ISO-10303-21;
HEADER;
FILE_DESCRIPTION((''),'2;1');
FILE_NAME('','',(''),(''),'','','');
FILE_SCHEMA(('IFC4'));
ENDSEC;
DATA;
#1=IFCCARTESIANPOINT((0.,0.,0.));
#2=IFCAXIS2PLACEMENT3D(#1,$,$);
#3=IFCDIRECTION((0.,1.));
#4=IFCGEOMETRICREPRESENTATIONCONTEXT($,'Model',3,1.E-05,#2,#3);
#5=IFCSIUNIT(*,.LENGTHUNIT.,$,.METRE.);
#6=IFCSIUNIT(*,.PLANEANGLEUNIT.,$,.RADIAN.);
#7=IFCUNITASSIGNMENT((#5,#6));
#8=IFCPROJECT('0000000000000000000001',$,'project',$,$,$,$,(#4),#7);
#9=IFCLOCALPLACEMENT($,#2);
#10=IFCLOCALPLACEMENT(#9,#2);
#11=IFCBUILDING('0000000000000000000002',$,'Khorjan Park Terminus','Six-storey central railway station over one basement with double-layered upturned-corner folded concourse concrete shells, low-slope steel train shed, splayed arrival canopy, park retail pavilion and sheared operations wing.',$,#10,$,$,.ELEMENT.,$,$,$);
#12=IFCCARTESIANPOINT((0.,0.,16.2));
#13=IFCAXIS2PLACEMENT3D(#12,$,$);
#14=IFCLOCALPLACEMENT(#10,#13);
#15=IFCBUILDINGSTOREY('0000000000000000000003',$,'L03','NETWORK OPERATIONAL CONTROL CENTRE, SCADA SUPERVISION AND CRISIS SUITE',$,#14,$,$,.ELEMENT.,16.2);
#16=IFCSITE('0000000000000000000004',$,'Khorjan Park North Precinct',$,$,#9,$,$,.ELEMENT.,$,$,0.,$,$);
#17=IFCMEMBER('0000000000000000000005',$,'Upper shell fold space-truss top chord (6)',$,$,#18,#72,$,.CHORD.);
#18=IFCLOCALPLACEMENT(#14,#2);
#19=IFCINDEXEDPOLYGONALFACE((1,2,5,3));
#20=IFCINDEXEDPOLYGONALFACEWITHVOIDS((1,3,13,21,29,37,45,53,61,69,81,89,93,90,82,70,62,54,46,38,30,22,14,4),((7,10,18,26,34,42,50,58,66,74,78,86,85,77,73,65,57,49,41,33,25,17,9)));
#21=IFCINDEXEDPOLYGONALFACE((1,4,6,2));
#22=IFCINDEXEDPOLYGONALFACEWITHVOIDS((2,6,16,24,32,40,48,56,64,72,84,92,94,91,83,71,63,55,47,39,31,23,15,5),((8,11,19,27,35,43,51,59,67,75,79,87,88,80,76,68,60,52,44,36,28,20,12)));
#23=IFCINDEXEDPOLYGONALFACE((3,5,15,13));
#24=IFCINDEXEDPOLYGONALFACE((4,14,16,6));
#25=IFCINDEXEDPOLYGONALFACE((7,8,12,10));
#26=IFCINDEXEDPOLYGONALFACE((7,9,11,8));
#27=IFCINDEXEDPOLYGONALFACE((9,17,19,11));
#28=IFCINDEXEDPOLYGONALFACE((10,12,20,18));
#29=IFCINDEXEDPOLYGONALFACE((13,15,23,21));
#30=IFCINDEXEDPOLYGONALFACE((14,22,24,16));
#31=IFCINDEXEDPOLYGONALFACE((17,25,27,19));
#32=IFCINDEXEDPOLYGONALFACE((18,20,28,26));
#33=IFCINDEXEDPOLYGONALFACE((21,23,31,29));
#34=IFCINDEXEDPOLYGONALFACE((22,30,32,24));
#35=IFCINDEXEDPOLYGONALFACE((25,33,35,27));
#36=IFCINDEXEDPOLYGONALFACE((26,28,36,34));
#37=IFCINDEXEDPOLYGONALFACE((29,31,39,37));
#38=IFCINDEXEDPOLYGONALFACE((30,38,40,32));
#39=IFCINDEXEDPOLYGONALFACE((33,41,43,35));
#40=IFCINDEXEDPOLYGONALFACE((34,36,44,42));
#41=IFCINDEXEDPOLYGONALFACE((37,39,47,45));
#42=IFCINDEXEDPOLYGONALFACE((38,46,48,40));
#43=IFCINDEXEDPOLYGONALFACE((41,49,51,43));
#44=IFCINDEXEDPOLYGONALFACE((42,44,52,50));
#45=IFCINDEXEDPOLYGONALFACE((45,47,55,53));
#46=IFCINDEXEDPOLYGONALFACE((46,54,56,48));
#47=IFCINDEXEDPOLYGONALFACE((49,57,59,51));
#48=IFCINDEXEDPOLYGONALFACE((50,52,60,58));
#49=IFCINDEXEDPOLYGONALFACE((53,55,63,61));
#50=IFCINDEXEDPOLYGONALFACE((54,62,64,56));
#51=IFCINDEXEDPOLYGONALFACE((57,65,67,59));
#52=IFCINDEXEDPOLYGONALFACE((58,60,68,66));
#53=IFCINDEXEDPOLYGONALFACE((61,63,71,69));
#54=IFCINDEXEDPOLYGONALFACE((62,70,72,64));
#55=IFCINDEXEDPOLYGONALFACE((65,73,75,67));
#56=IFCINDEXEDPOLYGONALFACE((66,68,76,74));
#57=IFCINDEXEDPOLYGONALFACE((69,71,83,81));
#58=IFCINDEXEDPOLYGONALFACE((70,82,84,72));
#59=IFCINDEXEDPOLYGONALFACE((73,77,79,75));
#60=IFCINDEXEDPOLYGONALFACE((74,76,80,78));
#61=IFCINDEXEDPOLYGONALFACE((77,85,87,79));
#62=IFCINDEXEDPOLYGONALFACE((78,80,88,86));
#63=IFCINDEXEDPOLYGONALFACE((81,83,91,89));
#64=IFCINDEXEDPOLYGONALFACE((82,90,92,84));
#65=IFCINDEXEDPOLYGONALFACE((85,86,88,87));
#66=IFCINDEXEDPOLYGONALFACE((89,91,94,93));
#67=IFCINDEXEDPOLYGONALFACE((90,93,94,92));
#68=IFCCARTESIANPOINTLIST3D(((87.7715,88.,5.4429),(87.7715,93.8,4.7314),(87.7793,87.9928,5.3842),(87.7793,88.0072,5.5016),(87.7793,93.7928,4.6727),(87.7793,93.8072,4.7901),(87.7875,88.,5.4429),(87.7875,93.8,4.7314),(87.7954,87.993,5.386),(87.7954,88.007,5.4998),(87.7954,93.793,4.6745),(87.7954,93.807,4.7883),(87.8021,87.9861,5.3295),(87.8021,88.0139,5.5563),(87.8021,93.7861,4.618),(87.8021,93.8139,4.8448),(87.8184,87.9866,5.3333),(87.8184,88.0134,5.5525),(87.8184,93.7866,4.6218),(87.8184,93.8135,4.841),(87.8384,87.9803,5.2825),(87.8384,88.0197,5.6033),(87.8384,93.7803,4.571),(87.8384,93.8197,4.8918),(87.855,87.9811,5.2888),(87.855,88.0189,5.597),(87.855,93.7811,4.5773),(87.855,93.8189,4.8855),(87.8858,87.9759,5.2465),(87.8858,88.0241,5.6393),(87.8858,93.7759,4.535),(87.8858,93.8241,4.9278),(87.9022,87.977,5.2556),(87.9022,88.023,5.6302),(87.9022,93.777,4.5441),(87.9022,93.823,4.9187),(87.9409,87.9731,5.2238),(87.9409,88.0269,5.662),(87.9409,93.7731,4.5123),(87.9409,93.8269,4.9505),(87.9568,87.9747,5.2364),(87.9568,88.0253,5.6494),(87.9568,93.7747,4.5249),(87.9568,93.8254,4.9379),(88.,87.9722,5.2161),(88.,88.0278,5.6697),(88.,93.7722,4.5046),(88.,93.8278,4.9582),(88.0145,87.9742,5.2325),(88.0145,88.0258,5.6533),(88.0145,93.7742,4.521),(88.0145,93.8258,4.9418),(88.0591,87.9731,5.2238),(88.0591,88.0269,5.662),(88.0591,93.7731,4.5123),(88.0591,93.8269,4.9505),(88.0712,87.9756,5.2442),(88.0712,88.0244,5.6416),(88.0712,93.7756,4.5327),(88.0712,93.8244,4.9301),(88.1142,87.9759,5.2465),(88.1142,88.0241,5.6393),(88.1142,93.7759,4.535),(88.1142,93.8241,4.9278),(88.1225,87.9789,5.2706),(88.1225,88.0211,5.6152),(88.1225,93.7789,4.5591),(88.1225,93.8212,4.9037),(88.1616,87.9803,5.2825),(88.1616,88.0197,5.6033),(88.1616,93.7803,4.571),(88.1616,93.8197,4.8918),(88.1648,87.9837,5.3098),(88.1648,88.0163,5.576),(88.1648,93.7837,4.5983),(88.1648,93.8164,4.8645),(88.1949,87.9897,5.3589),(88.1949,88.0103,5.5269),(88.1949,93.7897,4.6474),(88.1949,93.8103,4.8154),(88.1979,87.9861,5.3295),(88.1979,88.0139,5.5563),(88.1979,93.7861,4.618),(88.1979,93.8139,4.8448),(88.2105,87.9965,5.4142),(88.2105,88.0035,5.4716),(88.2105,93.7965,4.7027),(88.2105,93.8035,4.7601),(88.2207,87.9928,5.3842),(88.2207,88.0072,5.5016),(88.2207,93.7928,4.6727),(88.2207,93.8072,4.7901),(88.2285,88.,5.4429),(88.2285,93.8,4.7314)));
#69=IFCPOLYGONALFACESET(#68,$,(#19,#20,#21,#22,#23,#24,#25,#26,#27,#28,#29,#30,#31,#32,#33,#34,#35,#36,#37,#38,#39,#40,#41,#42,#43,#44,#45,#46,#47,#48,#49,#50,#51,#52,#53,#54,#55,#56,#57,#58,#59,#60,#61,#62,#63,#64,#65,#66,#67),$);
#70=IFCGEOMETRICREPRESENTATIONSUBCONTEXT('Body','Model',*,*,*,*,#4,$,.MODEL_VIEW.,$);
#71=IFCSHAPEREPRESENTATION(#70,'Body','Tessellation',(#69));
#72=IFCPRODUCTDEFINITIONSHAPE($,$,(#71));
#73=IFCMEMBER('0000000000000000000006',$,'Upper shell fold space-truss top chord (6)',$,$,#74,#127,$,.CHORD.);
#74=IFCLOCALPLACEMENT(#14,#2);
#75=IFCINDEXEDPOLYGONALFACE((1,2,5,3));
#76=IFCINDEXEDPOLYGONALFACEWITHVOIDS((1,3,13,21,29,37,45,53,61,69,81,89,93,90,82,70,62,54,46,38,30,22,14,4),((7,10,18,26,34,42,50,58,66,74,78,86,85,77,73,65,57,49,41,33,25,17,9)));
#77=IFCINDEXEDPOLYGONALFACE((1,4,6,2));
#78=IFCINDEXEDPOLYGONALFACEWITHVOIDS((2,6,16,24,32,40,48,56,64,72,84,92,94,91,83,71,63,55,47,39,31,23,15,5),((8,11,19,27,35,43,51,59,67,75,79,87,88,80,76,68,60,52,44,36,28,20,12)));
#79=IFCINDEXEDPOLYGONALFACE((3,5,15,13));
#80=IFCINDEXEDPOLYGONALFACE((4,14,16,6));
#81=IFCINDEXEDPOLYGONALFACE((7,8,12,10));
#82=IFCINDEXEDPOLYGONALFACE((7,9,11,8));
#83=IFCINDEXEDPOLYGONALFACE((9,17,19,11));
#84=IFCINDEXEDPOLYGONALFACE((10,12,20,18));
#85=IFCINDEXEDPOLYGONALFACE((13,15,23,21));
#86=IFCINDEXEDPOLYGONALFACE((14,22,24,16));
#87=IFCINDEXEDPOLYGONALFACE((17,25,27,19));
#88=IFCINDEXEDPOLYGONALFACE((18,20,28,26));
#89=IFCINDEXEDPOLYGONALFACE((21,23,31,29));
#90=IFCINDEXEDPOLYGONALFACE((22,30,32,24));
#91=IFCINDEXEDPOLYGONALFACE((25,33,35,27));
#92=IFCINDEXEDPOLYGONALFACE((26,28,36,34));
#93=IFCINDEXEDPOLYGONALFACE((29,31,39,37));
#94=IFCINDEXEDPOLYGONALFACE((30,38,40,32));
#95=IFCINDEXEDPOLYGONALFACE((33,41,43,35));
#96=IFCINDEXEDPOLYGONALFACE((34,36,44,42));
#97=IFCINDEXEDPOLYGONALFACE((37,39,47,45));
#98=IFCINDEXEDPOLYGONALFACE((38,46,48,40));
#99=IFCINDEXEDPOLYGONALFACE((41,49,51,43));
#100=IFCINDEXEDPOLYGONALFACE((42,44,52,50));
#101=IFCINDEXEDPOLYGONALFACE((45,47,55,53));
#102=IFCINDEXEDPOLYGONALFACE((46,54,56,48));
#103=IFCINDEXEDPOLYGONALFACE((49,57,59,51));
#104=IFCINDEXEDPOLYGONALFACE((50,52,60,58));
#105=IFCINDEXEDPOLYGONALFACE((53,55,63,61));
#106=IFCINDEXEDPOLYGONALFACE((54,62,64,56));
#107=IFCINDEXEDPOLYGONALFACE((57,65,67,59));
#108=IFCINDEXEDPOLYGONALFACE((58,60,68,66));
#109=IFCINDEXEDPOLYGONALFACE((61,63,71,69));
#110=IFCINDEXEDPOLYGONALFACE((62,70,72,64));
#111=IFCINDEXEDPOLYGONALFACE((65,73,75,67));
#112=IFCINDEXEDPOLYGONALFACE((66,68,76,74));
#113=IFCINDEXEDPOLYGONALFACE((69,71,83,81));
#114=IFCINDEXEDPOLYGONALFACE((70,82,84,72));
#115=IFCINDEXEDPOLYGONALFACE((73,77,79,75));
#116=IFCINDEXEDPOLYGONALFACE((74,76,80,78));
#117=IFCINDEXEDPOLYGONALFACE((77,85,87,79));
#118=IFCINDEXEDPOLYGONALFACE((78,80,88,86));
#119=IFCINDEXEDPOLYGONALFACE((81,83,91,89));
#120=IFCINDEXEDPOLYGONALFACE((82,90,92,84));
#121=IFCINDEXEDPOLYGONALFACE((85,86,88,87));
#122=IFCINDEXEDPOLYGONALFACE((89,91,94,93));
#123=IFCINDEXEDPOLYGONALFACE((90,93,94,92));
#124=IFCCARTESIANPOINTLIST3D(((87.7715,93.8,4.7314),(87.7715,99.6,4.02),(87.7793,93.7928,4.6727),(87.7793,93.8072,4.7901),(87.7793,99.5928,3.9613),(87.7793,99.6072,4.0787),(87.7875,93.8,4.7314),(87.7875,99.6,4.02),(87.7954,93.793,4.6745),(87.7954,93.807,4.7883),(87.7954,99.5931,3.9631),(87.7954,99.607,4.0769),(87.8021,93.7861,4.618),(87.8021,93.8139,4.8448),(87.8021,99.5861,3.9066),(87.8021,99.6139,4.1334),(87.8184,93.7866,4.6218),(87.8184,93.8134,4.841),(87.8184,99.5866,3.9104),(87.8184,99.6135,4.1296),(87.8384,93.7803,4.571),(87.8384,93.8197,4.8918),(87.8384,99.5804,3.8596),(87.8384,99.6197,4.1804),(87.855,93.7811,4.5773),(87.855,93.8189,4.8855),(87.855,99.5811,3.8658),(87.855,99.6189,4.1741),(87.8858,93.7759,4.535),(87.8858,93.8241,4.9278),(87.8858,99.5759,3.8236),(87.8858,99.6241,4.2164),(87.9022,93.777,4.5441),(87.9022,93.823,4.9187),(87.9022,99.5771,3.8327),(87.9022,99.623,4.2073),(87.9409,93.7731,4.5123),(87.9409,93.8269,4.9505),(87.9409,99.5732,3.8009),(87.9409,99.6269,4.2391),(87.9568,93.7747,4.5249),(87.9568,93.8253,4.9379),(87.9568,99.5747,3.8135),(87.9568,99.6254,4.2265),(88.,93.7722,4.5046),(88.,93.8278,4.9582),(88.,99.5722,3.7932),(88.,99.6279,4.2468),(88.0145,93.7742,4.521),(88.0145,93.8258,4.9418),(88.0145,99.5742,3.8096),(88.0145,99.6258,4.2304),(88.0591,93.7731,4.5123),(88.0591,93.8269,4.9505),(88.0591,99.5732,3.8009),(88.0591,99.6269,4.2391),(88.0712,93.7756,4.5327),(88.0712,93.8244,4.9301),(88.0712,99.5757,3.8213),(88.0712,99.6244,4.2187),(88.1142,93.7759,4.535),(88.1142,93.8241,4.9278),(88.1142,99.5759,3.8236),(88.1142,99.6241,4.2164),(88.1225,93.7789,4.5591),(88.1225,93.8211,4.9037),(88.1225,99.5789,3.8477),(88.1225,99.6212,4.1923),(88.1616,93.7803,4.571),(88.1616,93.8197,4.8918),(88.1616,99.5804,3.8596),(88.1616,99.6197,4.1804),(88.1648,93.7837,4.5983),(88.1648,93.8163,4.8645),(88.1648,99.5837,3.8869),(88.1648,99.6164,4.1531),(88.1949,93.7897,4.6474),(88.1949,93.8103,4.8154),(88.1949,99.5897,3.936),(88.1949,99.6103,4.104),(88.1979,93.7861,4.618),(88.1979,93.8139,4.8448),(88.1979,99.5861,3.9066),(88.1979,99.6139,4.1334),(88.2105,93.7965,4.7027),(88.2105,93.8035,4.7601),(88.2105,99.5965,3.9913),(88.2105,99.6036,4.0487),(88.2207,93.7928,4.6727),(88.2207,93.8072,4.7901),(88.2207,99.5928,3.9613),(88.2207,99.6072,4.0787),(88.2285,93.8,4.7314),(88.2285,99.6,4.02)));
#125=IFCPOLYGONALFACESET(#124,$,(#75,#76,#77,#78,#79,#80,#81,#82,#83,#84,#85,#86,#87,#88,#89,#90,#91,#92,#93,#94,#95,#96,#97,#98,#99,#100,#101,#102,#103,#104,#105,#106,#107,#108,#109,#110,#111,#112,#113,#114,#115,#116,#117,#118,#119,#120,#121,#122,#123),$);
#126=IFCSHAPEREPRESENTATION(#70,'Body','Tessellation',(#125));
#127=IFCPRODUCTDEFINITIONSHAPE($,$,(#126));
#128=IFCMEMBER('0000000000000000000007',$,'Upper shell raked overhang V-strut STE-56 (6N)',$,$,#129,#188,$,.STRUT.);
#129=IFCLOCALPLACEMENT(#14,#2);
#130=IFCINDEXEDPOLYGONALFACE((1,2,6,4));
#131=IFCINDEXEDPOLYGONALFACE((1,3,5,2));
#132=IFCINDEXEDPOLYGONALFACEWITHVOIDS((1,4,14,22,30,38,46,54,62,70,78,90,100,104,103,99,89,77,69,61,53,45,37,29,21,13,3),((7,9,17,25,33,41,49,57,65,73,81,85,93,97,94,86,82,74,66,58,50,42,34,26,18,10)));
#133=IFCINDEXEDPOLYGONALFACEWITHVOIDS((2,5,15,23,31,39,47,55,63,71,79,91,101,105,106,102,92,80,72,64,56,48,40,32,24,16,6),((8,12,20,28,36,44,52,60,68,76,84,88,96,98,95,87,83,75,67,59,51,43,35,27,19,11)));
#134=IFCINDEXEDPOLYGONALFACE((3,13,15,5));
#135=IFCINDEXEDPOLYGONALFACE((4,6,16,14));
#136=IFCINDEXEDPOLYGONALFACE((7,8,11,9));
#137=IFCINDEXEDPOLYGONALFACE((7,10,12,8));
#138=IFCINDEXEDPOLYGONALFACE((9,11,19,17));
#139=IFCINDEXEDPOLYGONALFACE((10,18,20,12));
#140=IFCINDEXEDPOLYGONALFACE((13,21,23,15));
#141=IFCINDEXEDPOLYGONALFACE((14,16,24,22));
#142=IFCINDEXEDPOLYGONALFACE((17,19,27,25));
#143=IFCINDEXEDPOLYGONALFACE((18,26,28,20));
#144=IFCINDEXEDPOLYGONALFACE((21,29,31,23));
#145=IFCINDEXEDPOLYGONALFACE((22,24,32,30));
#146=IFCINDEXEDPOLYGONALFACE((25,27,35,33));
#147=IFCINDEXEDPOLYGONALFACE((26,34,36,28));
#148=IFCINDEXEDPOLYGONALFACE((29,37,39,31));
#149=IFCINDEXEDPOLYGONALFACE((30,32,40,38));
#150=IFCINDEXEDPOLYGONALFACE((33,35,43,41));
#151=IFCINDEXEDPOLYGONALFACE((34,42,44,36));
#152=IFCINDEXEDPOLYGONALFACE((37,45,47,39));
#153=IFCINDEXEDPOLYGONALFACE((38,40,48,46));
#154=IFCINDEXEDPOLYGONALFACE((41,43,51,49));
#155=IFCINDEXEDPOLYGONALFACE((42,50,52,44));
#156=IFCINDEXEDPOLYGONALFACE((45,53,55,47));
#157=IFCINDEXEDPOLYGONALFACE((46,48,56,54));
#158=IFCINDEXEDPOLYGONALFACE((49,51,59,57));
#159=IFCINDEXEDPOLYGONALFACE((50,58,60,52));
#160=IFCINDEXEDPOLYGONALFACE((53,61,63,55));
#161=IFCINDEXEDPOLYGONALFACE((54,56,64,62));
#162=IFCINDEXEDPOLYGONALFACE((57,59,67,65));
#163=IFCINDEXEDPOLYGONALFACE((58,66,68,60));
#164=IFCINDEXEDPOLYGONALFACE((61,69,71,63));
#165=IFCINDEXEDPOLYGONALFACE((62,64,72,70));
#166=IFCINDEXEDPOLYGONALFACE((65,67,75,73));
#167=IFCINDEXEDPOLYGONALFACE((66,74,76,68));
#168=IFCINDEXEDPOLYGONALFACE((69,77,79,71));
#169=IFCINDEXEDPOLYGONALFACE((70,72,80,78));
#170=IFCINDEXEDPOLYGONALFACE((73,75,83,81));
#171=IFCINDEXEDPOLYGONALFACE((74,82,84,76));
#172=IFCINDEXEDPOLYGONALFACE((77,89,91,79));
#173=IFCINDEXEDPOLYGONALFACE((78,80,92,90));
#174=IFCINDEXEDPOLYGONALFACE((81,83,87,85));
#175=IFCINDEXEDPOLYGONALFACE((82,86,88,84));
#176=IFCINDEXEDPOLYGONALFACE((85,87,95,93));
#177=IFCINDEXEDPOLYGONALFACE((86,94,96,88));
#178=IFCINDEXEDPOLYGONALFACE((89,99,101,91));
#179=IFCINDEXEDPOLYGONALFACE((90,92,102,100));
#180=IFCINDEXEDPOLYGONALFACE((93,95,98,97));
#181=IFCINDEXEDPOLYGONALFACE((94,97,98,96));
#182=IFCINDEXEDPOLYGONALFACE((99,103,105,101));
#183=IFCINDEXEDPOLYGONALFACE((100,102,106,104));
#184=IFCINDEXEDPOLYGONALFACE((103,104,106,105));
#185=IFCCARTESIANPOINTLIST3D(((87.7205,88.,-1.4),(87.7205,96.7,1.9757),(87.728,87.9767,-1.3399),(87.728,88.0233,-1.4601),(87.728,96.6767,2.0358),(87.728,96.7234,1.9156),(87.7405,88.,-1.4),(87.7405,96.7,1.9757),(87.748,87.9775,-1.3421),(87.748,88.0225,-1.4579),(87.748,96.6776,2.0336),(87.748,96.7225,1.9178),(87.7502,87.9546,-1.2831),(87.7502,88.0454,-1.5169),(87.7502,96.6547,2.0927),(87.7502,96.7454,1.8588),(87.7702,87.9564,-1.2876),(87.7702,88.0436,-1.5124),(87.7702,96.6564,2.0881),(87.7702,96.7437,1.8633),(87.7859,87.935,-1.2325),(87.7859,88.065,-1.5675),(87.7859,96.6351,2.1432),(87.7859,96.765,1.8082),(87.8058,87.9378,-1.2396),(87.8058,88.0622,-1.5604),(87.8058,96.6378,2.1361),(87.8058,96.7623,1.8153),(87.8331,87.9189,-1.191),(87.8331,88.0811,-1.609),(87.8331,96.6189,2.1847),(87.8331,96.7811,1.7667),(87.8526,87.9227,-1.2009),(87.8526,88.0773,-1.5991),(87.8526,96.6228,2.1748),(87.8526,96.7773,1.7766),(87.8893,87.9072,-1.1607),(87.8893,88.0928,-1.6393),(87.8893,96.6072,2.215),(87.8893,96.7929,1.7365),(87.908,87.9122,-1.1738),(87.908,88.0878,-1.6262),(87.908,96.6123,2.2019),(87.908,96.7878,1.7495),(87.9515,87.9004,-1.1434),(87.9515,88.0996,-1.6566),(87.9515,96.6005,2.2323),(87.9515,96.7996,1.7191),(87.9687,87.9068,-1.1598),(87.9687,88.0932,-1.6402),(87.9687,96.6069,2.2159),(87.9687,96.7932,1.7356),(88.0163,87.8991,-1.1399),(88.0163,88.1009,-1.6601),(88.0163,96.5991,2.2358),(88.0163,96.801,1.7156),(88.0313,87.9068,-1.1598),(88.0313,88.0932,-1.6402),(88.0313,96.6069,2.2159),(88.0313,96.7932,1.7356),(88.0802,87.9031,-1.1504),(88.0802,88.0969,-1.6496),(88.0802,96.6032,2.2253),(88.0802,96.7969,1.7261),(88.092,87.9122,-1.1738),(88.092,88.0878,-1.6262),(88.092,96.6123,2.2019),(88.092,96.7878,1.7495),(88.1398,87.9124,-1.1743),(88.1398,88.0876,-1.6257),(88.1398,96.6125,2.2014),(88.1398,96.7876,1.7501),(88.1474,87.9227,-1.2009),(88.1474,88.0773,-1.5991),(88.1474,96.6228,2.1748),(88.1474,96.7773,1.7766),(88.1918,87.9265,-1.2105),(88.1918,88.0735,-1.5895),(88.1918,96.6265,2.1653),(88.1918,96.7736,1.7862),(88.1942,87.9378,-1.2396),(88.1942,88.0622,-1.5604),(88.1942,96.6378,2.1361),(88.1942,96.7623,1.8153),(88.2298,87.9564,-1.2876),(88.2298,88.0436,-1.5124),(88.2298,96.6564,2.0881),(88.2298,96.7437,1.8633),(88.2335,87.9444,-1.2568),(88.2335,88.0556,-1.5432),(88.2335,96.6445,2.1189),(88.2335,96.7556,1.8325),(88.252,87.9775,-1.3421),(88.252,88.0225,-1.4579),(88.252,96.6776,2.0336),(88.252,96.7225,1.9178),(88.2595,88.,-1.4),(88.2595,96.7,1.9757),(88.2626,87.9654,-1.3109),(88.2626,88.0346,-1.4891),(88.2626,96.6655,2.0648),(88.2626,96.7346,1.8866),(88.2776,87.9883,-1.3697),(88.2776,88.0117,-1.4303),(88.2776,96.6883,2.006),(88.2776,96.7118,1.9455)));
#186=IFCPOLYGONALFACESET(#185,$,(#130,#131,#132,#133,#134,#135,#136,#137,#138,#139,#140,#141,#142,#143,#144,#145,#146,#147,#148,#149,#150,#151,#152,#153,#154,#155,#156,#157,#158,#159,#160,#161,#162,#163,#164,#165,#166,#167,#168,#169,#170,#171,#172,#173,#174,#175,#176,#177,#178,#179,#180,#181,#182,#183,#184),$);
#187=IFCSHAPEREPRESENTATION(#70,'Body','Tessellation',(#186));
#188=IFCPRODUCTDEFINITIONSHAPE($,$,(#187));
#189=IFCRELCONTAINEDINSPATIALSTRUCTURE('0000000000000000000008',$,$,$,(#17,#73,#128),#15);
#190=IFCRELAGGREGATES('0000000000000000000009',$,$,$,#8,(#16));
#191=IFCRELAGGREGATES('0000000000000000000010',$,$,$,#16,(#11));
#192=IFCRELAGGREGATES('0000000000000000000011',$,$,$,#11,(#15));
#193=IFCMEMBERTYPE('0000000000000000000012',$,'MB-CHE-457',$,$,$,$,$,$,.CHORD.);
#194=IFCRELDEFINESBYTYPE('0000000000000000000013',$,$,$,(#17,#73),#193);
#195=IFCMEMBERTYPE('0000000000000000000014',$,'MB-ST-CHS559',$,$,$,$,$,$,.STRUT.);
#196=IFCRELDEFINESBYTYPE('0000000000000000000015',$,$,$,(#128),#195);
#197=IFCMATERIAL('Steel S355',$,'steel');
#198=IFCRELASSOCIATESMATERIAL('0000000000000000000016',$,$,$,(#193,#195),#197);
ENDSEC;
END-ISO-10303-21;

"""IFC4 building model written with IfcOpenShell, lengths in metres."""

from ifc_helpers import new_model, si_unit, direction, frame, origin, origin_2d, place, context, subcontext, project, spatial, hollow_circle, extrude, material, material_profile, profile_set, type_object, element, save


model = new_model("IFC4")

# Units and contexts
model_context = context("Model", 3, precision=1e-05, world=origin(), true_north=direction((0.0, 1.0)))
body_context = subcontext(model_context, "Body", "Model", "MODEL_VIEW")
ifc_project = project(units=[si_unit("LENGTHUNIT", "METRE"), si_unit("PLANEANGLEUNIT", "RADIAN")], contexts=[model_context])

# Site, building, storey
site_placement = place(None, origin())
site = spatial("IfcSite", under=ifc_project, at=site_placement, Name="Khorjan Park North Precinct", CompositionType="ELEMENT", RefElevation=0.0)
building_placement = place(site_placement, origin())
building = spatial("IfcBuilding", under=site, at=building_placement, Name="Khorjan Park Terminus", Description="Six-storey central railway station over one basement with double-layered upturned-corner folded concourse concrete shells, low-slope steel train shed, splayed arrival canopy, park retail pavilion and sheared operations wing.", CompositionType="ELEMENT")
storey_placement = place(building_placement, frame((0.0, 0.0, 16.2)))
storey = spatial("IfcBuildingStorey", under=building, at=storey_placement, Name="L03", Description="NETWORK OPERATIONAL CONTROL CENTRE, SCADA SUPERVISION AND CRISIS SUITE", CompositionType="ELEMENT", Elevation=16.2)

# Members
ifc_material_1 = material(Name="Steel S355", Category="steel")
ifc_material_profile_1 = material_profile(ifc_material_1, hollow_circle(Radius=0.2285, WallThickness=0.016, at=origin_2d()), Name="CHS 457x16")
ifc_profile_set_1 = profile_set([ifc_material_profile_1], Name="Steel S355")
member_type_1 = type_object("IfcMemberType", Name="MB-CHE-457", PredefinedType="CHORD", material=ifc_profile_set_1)
for number, where, z_axis, x_axis, name in (
    (1, (88.0, 88.0, 5.4429), (0.0, 0.99256, -0.12176), (-1.0, 0.0, 0.0), "Upper shell fold space-truss top chord (6)"),
    (2, (88.0, 93.8, 4.7314), (0.0, 0.992562, -0.121743), (-1.0, 0.0, 0.0), "Upper shell fold space-truss top chord (6)"),
):
    element("IfcMember", number, at=place(storey_placement, frame(where, z_axis=z_axis, x_axis=x_axis)), inside=storey, type_object=member_type_1, Name=name, PredefinedType="CHORD", context=body_context, shape_type="SweptSolid", body=[
        extrude(hollow_circle(Radius=0.2285, WallThickness=0.016, at=origin_2d()), origin(), (0.0, 0.0, 1.0), 5.8435),
    ])
ifc_material_profile_2 = material_profile(ifc_material_1, hollow_circle(Radius=0.2795, WallThickness=0.02, at=origin_2d()), Name="CHS 559x20")
ifc_profile_set_2 = profile_set([ifc_material_profile_2], Name="Steel S355")
member_type_2 = type_object("IfcMemberType", Name="MB-ST-CHS559", PredefinedType="STRUT", material=ifc_profile_set_2)
member_1_placement = place(storey_placement, frame((88.0, 88.0, -1.4), z_axis=(0.0, 0.932281, 0.361736), x_axis=(-1.0, 0.0, 0.0)))
element("IfcMember", 3, at=member_1_placement, inside=storey, type_object=member_type_2, Name="Upper shell raked overhang V-strut STE-56 (6N)", PredefinedType="STRUT", context=body_context, shape_type="SweptSolid", body=[
    extrude(hollow_circle(Radius=0.2795, WallThickness=0.02, at=origin_2d()), origin(), (0.0, 0.0, 1.0), 9.332),
])

save(model, "model.ifc")
